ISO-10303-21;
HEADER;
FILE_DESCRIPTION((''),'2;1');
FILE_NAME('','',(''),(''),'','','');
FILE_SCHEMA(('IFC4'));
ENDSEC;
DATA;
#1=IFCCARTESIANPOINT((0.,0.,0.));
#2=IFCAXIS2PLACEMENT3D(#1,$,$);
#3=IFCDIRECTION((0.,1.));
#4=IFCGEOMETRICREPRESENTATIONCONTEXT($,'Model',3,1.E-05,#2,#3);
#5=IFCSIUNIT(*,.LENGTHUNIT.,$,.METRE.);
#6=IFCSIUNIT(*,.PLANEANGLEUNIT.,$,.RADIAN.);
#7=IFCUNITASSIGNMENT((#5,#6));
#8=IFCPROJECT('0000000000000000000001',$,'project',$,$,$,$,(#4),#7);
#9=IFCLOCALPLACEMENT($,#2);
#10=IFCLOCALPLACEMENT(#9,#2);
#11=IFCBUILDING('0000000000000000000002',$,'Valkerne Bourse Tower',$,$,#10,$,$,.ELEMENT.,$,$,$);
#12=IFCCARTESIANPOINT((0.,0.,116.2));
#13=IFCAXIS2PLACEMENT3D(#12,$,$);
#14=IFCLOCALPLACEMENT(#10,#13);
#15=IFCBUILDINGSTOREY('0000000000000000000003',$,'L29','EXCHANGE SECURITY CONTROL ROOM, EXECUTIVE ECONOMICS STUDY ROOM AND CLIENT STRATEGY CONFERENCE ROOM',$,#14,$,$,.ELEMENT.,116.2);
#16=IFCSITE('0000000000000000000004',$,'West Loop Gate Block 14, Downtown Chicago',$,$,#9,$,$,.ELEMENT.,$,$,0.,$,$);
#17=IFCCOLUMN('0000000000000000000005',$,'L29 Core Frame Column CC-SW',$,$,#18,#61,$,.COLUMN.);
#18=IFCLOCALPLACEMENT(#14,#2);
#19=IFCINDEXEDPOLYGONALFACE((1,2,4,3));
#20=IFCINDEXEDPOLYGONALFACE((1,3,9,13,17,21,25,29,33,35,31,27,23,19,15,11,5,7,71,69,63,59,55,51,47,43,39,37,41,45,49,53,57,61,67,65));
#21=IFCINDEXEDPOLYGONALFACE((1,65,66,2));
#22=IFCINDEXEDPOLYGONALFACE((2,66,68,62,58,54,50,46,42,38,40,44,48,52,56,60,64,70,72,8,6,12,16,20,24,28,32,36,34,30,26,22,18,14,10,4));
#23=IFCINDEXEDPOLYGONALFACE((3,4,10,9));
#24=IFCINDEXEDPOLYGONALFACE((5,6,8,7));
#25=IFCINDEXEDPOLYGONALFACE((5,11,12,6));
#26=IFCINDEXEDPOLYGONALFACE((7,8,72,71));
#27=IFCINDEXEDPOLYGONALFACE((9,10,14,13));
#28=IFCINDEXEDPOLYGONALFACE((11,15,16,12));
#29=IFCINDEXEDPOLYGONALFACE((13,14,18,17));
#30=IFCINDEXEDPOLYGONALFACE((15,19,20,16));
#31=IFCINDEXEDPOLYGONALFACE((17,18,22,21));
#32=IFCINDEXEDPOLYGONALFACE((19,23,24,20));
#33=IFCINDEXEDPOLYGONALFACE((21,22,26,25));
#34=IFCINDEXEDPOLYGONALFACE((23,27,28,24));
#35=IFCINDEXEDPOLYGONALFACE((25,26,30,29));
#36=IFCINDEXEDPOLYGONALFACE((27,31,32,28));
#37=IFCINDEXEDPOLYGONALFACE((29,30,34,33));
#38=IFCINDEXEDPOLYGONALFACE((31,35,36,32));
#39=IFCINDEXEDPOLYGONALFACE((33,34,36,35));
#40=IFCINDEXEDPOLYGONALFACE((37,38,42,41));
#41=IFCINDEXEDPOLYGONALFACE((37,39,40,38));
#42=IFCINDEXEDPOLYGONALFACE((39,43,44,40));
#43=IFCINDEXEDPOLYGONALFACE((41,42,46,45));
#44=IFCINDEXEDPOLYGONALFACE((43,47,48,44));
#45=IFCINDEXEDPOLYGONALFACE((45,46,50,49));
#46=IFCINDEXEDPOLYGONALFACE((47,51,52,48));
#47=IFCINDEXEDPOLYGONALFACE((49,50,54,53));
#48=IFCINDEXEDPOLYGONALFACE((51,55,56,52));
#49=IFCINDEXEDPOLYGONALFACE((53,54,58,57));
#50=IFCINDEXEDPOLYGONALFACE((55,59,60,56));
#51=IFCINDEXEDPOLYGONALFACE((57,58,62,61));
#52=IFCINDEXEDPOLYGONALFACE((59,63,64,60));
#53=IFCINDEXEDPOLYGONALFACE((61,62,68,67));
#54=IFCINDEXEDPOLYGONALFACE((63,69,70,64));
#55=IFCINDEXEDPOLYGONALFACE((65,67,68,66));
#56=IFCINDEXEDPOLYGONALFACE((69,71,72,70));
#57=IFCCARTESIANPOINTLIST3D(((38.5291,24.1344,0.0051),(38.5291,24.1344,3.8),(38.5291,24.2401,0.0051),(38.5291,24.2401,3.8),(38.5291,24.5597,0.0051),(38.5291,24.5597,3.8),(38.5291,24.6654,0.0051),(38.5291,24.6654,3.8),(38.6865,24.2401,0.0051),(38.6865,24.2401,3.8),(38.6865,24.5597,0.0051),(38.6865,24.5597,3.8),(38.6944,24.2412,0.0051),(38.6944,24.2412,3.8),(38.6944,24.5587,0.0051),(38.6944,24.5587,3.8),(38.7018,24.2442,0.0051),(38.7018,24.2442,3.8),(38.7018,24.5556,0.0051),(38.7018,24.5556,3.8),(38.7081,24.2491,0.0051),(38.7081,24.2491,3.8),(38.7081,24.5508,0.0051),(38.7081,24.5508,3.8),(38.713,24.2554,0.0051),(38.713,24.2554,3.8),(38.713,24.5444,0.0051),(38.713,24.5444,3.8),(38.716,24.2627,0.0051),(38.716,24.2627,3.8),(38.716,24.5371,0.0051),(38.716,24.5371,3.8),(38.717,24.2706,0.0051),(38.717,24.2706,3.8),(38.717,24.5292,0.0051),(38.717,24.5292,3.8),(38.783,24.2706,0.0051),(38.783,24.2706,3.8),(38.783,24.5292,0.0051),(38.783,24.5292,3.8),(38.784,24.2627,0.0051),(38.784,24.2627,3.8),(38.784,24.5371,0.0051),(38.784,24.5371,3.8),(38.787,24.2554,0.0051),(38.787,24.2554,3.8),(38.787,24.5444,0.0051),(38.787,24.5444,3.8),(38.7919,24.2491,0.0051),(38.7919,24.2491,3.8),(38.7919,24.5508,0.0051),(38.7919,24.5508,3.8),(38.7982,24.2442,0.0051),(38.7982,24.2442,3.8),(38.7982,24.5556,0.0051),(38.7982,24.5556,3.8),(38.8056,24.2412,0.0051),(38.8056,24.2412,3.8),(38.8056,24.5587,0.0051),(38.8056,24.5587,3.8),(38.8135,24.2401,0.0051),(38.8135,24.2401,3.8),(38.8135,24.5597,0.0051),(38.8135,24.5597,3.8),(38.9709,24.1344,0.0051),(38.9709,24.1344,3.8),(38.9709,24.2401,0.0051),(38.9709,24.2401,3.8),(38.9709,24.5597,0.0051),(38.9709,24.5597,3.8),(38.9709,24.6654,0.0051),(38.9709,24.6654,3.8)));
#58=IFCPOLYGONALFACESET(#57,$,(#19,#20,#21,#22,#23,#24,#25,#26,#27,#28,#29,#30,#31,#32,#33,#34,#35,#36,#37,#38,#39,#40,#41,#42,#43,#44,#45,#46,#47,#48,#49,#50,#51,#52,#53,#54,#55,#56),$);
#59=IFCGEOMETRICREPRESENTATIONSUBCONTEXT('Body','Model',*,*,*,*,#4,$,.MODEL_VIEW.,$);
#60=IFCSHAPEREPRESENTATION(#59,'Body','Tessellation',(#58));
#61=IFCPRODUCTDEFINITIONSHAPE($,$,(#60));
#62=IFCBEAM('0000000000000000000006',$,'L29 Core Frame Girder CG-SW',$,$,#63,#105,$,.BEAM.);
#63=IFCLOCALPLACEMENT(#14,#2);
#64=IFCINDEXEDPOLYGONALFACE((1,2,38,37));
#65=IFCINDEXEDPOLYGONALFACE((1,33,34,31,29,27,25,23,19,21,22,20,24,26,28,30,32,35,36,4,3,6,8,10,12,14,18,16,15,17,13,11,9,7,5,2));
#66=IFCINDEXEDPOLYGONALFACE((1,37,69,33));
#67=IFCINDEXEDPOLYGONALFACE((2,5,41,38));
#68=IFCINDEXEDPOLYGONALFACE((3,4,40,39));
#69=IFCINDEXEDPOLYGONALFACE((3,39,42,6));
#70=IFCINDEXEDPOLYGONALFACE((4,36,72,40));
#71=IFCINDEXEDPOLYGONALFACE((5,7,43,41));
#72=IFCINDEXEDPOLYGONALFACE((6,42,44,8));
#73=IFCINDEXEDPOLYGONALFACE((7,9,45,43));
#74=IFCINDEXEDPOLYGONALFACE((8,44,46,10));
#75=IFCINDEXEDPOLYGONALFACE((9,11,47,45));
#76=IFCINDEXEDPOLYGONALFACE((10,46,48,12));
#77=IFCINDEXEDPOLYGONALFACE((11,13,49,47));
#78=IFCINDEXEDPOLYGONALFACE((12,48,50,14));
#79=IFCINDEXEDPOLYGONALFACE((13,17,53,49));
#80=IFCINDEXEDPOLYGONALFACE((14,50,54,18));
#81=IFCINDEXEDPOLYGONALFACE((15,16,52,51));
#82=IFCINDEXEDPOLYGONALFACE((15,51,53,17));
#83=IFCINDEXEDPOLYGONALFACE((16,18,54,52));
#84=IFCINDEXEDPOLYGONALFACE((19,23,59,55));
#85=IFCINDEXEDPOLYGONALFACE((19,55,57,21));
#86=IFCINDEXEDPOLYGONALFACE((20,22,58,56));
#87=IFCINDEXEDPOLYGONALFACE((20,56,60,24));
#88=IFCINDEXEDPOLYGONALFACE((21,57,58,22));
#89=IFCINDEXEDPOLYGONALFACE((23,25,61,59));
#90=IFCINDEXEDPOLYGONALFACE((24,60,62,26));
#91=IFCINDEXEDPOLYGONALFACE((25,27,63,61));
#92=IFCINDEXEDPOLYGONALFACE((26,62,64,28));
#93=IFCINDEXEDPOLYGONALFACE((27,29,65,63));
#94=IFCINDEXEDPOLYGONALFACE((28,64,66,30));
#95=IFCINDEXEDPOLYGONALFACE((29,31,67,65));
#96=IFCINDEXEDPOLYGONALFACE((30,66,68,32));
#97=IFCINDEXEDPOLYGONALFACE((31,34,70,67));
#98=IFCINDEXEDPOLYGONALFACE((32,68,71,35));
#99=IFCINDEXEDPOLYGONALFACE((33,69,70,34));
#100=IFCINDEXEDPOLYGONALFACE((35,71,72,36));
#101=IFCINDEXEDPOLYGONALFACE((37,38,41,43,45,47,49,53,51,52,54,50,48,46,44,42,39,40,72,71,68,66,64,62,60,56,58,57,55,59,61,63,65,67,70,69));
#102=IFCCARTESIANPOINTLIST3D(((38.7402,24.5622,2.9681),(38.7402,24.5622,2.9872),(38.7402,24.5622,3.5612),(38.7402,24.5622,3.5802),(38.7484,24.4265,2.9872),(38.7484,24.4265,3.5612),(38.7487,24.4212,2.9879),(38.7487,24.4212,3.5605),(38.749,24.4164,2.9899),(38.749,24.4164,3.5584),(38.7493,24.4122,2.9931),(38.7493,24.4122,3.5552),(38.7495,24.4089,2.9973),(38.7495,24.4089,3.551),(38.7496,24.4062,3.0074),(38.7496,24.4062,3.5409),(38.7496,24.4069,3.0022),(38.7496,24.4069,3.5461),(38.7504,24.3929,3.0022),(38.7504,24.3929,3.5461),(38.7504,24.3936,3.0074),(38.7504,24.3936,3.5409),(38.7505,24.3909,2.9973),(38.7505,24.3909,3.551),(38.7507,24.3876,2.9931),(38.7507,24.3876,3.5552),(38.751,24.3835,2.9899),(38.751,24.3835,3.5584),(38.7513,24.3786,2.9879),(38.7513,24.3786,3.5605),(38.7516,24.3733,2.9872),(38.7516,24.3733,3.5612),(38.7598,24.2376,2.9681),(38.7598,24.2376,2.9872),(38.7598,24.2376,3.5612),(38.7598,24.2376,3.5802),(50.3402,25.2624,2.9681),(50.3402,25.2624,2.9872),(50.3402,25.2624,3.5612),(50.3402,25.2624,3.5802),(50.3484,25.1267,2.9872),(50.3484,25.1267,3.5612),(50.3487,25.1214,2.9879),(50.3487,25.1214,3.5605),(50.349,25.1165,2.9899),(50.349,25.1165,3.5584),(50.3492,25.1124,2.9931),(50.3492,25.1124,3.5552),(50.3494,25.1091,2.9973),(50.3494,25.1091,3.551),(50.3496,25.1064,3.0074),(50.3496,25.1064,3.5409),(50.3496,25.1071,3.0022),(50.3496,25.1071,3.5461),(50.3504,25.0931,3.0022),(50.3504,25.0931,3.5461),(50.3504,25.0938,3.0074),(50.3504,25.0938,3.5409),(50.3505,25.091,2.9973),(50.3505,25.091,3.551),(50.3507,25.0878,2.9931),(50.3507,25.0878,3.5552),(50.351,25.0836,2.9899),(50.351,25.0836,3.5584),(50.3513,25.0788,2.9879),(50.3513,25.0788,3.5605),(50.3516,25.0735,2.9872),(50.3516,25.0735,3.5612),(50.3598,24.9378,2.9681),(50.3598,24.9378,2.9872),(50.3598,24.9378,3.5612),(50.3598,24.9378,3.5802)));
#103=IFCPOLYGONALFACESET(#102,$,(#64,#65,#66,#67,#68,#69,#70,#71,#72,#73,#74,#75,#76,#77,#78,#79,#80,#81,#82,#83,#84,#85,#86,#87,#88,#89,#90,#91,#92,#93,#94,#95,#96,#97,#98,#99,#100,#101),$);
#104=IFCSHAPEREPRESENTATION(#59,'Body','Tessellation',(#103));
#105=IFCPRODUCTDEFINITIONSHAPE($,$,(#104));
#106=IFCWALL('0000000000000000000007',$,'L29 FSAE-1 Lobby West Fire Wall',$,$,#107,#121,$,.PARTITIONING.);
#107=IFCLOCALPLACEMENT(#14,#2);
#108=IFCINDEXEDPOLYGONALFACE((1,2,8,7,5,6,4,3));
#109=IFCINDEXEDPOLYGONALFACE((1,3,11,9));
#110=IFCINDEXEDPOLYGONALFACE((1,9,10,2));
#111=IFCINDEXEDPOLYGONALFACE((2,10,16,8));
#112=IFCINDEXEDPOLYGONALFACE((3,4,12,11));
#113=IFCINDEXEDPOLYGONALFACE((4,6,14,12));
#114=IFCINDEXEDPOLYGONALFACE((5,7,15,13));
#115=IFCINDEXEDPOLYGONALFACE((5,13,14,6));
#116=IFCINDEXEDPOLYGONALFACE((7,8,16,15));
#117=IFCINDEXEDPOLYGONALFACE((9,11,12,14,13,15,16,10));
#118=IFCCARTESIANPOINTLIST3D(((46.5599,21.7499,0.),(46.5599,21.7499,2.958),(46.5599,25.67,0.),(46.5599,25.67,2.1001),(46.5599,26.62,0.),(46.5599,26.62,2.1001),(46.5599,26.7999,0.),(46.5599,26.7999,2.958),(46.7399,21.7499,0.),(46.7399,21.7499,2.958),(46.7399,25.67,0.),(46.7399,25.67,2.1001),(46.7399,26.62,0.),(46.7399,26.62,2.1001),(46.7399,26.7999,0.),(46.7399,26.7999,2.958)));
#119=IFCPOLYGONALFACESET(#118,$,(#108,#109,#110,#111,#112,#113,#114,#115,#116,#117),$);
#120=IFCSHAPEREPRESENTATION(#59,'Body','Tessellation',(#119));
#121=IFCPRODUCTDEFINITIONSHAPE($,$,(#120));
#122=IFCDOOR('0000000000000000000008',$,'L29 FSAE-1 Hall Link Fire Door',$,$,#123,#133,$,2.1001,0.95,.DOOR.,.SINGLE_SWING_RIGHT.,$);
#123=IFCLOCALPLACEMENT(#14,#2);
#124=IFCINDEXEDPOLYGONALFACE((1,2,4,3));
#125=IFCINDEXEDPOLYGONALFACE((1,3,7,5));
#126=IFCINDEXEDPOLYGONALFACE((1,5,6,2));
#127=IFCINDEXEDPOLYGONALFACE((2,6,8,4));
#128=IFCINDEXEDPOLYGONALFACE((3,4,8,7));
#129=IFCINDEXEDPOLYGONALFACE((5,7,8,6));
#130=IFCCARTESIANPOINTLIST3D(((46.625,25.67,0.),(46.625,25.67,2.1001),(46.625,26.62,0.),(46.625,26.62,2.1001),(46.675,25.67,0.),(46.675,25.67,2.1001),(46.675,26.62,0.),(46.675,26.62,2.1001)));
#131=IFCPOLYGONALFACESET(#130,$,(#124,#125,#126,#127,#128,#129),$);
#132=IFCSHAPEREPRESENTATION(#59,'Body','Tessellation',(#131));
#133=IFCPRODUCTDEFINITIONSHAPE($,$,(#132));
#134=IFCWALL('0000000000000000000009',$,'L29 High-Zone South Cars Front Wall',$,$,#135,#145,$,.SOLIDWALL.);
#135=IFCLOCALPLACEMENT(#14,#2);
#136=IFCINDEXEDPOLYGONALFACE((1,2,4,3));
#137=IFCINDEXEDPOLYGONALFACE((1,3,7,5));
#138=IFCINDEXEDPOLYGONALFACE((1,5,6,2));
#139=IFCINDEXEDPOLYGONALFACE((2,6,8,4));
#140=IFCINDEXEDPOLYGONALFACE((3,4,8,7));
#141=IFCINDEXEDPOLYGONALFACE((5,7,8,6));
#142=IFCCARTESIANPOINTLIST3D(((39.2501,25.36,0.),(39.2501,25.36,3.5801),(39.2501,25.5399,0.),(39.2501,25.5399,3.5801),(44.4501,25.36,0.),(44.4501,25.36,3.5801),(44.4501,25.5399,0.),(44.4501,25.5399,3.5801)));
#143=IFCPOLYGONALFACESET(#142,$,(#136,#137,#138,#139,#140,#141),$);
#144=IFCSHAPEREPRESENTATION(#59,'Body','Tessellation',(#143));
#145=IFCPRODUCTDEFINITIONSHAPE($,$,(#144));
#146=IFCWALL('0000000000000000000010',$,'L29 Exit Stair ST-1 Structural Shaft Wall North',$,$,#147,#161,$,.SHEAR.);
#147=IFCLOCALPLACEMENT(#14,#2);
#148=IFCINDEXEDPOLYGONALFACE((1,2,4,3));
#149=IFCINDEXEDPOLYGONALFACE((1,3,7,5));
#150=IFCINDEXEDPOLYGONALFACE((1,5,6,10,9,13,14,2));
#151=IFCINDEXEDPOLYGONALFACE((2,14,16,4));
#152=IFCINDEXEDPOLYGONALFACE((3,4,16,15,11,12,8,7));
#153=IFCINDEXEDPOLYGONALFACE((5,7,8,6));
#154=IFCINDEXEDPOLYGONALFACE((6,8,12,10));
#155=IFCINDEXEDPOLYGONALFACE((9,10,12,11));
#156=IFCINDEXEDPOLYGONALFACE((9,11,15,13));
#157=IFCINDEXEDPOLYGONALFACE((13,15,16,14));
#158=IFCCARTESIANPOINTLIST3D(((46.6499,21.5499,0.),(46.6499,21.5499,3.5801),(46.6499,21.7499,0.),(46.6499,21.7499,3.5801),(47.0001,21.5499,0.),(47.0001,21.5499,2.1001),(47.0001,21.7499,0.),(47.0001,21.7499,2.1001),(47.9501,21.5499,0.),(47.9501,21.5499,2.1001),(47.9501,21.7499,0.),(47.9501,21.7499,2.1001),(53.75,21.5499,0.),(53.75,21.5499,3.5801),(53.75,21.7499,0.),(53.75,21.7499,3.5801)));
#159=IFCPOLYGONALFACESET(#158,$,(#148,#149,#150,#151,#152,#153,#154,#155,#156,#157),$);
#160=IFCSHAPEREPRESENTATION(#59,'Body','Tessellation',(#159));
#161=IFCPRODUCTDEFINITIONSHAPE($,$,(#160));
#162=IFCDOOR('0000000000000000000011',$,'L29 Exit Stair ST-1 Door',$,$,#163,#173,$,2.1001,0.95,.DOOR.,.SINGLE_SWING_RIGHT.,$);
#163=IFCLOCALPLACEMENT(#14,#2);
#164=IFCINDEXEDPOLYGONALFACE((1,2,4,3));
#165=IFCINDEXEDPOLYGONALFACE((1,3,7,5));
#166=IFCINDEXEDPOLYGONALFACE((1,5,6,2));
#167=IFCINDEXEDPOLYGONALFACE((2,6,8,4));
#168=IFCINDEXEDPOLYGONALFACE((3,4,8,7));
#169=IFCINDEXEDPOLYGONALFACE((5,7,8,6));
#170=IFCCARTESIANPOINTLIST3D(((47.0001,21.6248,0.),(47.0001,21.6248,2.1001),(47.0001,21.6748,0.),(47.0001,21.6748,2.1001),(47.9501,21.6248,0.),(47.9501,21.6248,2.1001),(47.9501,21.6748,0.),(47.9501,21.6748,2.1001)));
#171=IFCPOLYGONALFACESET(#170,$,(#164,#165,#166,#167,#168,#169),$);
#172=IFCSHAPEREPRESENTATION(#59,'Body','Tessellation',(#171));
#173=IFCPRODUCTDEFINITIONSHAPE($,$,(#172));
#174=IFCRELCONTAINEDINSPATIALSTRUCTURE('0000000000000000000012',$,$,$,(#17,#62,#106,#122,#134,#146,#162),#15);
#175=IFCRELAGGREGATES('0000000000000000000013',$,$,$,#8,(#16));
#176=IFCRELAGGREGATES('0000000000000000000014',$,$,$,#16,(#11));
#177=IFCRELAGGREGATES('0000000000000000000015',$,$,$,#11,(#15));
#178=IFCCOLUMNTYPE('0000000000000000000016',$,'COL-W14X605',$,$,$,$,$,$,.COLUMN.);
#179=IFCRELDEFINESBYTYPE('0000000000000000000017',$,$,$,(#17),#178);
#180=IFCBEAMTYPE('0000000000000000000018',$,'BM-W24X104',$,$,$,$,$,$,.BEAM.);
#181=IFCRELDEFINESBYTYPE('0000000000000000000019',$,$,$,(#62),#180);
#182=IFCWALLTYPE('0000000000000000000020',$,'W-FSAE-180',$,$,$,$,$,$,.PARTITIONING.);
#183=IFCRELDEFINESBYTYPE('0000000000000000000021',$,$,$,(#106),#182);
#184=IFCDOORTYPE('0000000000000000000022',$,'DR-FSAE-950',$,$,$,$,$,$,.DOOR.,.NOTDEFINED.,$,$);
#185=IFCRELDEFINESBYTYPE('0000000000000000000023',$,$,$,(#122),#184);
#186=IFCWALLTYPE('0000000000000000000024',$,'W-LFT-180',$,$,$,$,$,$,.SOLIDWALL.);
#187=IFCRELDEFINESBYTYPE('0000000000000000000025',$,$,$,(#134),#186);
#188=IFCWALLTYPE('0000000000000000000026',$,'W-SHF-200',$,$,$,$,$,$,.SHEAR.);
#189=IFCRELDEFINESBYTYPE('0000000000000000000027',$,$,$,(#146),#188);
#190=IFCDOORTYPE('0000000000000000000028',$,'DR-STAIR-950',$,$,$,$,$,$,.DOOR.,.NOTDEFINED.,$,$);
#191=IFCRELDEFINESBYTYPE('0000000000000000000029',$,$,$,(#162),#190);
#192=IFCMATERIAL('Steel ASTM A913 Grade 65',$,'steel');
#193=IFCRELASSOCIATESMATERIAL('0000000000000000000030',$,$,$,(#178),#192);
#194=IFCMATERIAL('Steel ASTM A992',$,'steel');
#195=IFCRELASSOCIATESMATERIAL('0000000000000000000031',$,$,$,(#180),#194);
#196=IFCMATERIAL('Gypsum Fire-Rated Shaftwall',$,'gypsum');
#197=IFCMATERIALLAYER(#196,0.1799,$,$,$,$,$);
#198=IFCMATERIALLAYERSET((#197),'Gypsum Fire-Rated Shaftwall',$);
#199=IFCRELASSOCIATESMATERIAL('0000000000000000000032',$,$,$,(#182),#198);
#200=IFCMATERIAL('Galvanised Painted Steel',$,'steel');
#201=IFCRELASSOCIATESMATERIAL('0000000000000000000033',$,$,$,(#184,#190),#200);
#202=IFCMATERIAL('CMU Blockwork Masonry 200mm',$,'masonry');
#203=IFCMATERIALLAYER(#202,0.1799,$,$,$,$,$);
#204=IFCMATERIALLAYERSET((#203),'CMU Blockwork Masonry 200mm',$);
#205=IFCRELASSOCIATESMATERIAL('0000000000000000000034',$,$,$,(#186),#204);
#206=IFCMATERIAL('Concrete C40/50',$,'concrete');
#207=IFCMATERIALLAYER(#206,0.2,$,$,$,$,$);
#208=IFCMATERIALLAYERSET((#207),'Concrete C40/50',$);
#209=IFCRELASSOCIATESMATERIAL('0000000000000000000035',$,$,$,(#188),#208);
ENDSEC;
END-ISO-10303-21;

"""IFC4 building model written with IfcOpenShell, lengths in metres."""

from ifc_helpers import new_model, si_unit, direction, frame, frame_2d, origin, origin_2d, place, context, subcontext, project, spatial, rectangle, i_section, extrude, material, layer, layer_set, material_profile, profile_set, type_object, element, fill, save


model = new_model("IFC4")

# Units and contexts
model_context = context("Model", 3, precision=1e-05, world=origin(), true_north=direction((0.0, 1.0)))
body_context = subcontext(model_context, "Body", "Model", "MODEL_VIEW")
ifc_project = project(units=[si_unit("LENGTHUNIT", "METRE"), si_unit("PLANEANGLEUNIT", "RADIAN")], contexts=[model_context])

# Site, building, storey
site_placement = place(None, origin())
site = spatial("IfcSite", under=ifc_project, at=site_placement, Name="West Loop Gate Block 14, Downtown Chicago", CompositionType="ELEMENT", RefElevation=0.0)
building_placement = place(site_placement, origin())
building = spatial("IfcBuilding", under=site, at=building_placement, Name="Valkerne Bourse Tower", CompositionType="ELEMENT")
storey_placement = place(building_placement, frame((0.0, 0.0, 116.2)))
storey = spatial("IfcBuildingStorey", under=building, at=storey_placement, Name="L29", Description="EXCHANGE SECURITY CONTROL ROOM, EXECUTIVE ECONOMICS STUDY ROOM AND CLIENT STRATEGY CONFERENCE ROOM", CompositionType="ELEMENT", Elevation=116.2)

# Column
ifc_material_1 = material(Name="Steel ASTM A913 Grade 65", Category="steel")
ifc_material_profile_1 = material_profile(ifc_material_1, i_section(OverallWidth=0.4419, OverallDepth=0.531, WebThickness=0.0659, FlangeThickness=0.1057, FilletRadius=0.0305, at=origin_2d()), Name="W14X605")
ifc_profile_set_1 = profile_set([ifc_material_profile_1], Name="Steel ASTM A913 Grade 65")
column_type = type_object("IfcColumnType", Name="COL-W14X605", PredefinedType="COLUMN", material=ifc_profile_set_1)
column_placement = place(storey_placement, frame((38.75, 24.3999, 0.0051), z_axis=(0.0, 0.0, 1.0), x_axis=(1.0, 0.0, 0.0)))
element("IfcColumn", 1, at=column_placement, inside=storey, type_object=column_type, Name="L29 Core Frame Column CC-SW", PredefinedType="COLUMN", context=body_context, shape_type="SweptSolid", body=[
    extrude(i_section(OverallWidth=0.4419, OverallDepth=0.531, WebThickness=0.0659, FlangeThickness=0.1057, FilletRadius=0.0305, at=origin_2d()), origin(), (0.0, 0.0, 1.0), 3.7949),
])

# Beam
ifc_material_2 = material(Name="Steel ASTM A992", Category="steel")
ifc_material_profile_2 = material_profile(ifc_material_2, i_section(OverallWidth=0.3252, OverallDepth=0.6121, WebThickness=0.0127, FlangeThickness=0.019, FilletRadius=0.0203, at=origin_2d()), Name="W24X104")
ifc_profile_set_2 = profile_set([ifc_material_profile_2], Name="Steel ASTM A992")
beam_type = type_object("IfcBeamType", Name="BM-W24X104", PredefinedType="BEAM", material=ifc_profile_set_2)
beam_placement = place(storey_placement, frame((38.75, 24.3999, 3.2742), z_axis=(0.998183, 0.060251, 0.0), x_axis=(-0.060251, 0.998183, 0.0)))
element("IfcBeam", 2, at=beam_placement, inside=storey, type_object=beam_type, Name="L29 Core Frame Girder CG-SW", PredefinedType="BEAM", context=body_context, shape_type="SweptSolid", body=[
    extrude(i_section(OverallWidth=0.3252, OverallDepth=0.6121, WebThickness=0.0127, FlangeThickness=0.019, FilletRadius=0.0203, at=origin_2d()), origin(), (0.0, 0.0, 1.0), 11.6211),
])

# Wall, opening, door
ifc_material_3 = material(Name="Gypsum Fire-Rated Shaftwall", Category="gypsum")
ifc_layer_1 = layer(ifc_material_3, 0.1799)
ifc_layer_set_1 = layer_set([ifc_layer_1], Name="Gypsum Fire-Rated Shaftwall")
wall_type_1 = type_object("IfcWallType", Name="W-FSAE-180", PredefinedType="PARTITIONING", material=ifc_layer_set_1)
wall_1_placement = place(storey_placement, frame((46.6499, 21.75, 0.0), z_axis=(0.0, 0.0, 1.0), x_axis=(0.0, 1.0, 0.0)))
wall_1 = element("IfcWall", 3, at=wall_1_placement, inside=storey, type_object=wall_type_1, Name="L29 FSAE-1 Lobby West Fire Wall", PredefinedType="PARTITIONING", context=body_context, shape_type="SweptSolid", body=[
    extrude(rectangle(XDim=5.05, YDim=0.1799, at=frame_2d((2.5249, 0.0))), origin(), (0.0, 0.0, 1.0), 2.958),
])
opening_1_placement = place(wall_1_placement, frame((3.9199, 0.0, 0.0)))
opening_1 = element("IfcOpeningElement", 4, at=opening_1_placement, cuts=wall_1, PredefinedType="OPENING", context=body_context, shape_type="SweptSolid", body=[
    extrude(rectangle(XDim=0.95, YDim=2.1001, at=frame_2d((0.4751, 1.05))), frame((0.0, 0.0999, 0.0), z_axis=(0.0, -1.0, 0.0), x_axis=(1.0, 0.0, 0.0)), (0.0, 0.0, 1.0), 0.2),
])
ifc_material_4 = material(Name="Galvanised Painted Steel", Category="steel")
door_type_1 = type_object("IfcDoorType", Name="DR-FSAE-950", OperationType="NOTDEFINED", PredefinedType="DOOR", material=ifc_material_4)
door_1_placement = place(opening_1_placement, origin())
door_1 = element("IfcDoor", 5, at=door_1_placement, inside=storey, type_object=door_type_1, Name="L29 FSAE-1 Hall Link Fire Door", OperationType="SINGLE_SWING_RIGHT", OverallHeight=2.1001, OverallWidth=0.95, PredefinedType="DOOR", context=body_context, shape_type="SweptSolid", body=[
    extrude(rectangle(XDim=0.95, YDim=2.1001, at=frame_2d((0.4751, 1.05))), frame((0.0, 0.0249, 0.0), z_axis=(0.0, -1.0, 0.0), x_axis=(1.0, 0.0, 0.0)), (0.0, 0.0, 1.0), 0.05),
])
fill(opening_1, door_1)

# Shared definitions
ifc_material_5 = material(Name="CMU Blockwork Masonry 200mm", Category="masonry")
ifc_layer_2 = layer(ifc_material_5, 0.1799)
ifc_layer_set_2 = layer_set([ifc_layer_2], Name="CMU Blockwork Masonry 200mm")
wall_type_2 = type_object("IfcWallType", Name="W-LFT-180", PredefinedType="SOLIDWALL", material=ifc_layer_set_2)

# Wall
wall_2_placement = place(storey_placement, frame((39.25, 25.45, 0.0), z_axis=(0.0, 0.0, 1.0), x_axis=(1.0, 0.0, 0.0)))
element("IfcWall", 6, at=wall_2_placement, inside=storey, type_object=wall_type_2, Name="L29 High-Zone South Cars Front Wall", PredefinedType="SOLIDWALL", context=body_context, shape_type="SweptSolid", body=[
    extrude(rectangle(XDim=5.2, YDim=0.1799, at=frame_2d((2.6001, 0.0))), origin(), (0.0, 0.0, 1.0), 3.5801),
])

# Wall, opening, door
ifc_material_6 = material(Name="Concrete C40/50", Category="concrete")
ifc_layer_3 = layer(ifc_material_6, 0.2)
ifc_layer_set_3 = layer_set([ifc_layer_3], Name="Concrete C40/50")
wall_type_3 = type_object("IfcWallType", Name="W-SHF-200", PredefinedType="SHEAR", material=ifc_layer_set_3)
wall_3_placement = place(storey_placement, frame((46.6499, 21.6499, 0.0), z_axis=(0.0, 0.0, 1.0), x_axis=(1.0, 0.0, 0.0)))
wall_3 = element("IfcWall", 7, at=wall_3_placement, inside=storey, type_object=wall_type_3, Name="L29 Exit Stair ST-1 Structural Shaft Wall North", PredefinedType="SHEAR", context=body_context, shape_type="SweptSolid", body=[
    extrude(rectangle(XDim=7.1001, YDim=0.2, at=frame_2d((3.55, 0.0))), origin(), (0.0, 0.0, 1.0), 3.5801),
])
opening_2_placement = place(wall_3_placement, frame((0.3501, 0.0, 0.0)))
opening_2 = element("IfcOpeningElement", 8, at=opening_2_placement, cuts=wall_3, PredefinedType="OPENING", context=body_context, shape_type="SweptSolid", body=[
    extrude(rectangle(XDim=0.95, YDim=2.1001, at=frame_2d((0.4751, 1.05))), frame((0.0, 0.1099, 0.0), z_axis=(0.0, -1.0, 0.0), x_axis=(1.0, 0.0, 0.0)), (0.0, 0.0, 1.0), 0.22),
])
door_type_2 = type_object("IfcDoorType", Name="DR-STAIR-950", OperationType="NOTDEFINED", PredefinedType="DOOR", material=ifc_material_4)
door_2_placement = place(opening_2_placement, origin())
door_2 = element("IfcDoor", 9, at=door_2_placement, inside=storey, type_object=door_type_2, Name="L29 Exit Stair ST-1 Door", OperationType="SINGLE_SWING_RIGHT", OverallHeight=2.1001, OverallWidth=0.95, PredefinedType="DOOR", context=body_context, shape_type="SweptSolid", body=[
    extrude(rectangle(XDim=0.95, YDim=2.1001, at=frame_2d((0.4751, 1.05))), frame((0.0, 0.0249, 0.0), z_axis=(0.0, -1.0, 0.0), x_axis=(1.0, 0.0, 0.0)), (0.0, 0.0, 1.0), 0.05),
])
fill(opening_2, door_2)

save(model, "model.ifc")
